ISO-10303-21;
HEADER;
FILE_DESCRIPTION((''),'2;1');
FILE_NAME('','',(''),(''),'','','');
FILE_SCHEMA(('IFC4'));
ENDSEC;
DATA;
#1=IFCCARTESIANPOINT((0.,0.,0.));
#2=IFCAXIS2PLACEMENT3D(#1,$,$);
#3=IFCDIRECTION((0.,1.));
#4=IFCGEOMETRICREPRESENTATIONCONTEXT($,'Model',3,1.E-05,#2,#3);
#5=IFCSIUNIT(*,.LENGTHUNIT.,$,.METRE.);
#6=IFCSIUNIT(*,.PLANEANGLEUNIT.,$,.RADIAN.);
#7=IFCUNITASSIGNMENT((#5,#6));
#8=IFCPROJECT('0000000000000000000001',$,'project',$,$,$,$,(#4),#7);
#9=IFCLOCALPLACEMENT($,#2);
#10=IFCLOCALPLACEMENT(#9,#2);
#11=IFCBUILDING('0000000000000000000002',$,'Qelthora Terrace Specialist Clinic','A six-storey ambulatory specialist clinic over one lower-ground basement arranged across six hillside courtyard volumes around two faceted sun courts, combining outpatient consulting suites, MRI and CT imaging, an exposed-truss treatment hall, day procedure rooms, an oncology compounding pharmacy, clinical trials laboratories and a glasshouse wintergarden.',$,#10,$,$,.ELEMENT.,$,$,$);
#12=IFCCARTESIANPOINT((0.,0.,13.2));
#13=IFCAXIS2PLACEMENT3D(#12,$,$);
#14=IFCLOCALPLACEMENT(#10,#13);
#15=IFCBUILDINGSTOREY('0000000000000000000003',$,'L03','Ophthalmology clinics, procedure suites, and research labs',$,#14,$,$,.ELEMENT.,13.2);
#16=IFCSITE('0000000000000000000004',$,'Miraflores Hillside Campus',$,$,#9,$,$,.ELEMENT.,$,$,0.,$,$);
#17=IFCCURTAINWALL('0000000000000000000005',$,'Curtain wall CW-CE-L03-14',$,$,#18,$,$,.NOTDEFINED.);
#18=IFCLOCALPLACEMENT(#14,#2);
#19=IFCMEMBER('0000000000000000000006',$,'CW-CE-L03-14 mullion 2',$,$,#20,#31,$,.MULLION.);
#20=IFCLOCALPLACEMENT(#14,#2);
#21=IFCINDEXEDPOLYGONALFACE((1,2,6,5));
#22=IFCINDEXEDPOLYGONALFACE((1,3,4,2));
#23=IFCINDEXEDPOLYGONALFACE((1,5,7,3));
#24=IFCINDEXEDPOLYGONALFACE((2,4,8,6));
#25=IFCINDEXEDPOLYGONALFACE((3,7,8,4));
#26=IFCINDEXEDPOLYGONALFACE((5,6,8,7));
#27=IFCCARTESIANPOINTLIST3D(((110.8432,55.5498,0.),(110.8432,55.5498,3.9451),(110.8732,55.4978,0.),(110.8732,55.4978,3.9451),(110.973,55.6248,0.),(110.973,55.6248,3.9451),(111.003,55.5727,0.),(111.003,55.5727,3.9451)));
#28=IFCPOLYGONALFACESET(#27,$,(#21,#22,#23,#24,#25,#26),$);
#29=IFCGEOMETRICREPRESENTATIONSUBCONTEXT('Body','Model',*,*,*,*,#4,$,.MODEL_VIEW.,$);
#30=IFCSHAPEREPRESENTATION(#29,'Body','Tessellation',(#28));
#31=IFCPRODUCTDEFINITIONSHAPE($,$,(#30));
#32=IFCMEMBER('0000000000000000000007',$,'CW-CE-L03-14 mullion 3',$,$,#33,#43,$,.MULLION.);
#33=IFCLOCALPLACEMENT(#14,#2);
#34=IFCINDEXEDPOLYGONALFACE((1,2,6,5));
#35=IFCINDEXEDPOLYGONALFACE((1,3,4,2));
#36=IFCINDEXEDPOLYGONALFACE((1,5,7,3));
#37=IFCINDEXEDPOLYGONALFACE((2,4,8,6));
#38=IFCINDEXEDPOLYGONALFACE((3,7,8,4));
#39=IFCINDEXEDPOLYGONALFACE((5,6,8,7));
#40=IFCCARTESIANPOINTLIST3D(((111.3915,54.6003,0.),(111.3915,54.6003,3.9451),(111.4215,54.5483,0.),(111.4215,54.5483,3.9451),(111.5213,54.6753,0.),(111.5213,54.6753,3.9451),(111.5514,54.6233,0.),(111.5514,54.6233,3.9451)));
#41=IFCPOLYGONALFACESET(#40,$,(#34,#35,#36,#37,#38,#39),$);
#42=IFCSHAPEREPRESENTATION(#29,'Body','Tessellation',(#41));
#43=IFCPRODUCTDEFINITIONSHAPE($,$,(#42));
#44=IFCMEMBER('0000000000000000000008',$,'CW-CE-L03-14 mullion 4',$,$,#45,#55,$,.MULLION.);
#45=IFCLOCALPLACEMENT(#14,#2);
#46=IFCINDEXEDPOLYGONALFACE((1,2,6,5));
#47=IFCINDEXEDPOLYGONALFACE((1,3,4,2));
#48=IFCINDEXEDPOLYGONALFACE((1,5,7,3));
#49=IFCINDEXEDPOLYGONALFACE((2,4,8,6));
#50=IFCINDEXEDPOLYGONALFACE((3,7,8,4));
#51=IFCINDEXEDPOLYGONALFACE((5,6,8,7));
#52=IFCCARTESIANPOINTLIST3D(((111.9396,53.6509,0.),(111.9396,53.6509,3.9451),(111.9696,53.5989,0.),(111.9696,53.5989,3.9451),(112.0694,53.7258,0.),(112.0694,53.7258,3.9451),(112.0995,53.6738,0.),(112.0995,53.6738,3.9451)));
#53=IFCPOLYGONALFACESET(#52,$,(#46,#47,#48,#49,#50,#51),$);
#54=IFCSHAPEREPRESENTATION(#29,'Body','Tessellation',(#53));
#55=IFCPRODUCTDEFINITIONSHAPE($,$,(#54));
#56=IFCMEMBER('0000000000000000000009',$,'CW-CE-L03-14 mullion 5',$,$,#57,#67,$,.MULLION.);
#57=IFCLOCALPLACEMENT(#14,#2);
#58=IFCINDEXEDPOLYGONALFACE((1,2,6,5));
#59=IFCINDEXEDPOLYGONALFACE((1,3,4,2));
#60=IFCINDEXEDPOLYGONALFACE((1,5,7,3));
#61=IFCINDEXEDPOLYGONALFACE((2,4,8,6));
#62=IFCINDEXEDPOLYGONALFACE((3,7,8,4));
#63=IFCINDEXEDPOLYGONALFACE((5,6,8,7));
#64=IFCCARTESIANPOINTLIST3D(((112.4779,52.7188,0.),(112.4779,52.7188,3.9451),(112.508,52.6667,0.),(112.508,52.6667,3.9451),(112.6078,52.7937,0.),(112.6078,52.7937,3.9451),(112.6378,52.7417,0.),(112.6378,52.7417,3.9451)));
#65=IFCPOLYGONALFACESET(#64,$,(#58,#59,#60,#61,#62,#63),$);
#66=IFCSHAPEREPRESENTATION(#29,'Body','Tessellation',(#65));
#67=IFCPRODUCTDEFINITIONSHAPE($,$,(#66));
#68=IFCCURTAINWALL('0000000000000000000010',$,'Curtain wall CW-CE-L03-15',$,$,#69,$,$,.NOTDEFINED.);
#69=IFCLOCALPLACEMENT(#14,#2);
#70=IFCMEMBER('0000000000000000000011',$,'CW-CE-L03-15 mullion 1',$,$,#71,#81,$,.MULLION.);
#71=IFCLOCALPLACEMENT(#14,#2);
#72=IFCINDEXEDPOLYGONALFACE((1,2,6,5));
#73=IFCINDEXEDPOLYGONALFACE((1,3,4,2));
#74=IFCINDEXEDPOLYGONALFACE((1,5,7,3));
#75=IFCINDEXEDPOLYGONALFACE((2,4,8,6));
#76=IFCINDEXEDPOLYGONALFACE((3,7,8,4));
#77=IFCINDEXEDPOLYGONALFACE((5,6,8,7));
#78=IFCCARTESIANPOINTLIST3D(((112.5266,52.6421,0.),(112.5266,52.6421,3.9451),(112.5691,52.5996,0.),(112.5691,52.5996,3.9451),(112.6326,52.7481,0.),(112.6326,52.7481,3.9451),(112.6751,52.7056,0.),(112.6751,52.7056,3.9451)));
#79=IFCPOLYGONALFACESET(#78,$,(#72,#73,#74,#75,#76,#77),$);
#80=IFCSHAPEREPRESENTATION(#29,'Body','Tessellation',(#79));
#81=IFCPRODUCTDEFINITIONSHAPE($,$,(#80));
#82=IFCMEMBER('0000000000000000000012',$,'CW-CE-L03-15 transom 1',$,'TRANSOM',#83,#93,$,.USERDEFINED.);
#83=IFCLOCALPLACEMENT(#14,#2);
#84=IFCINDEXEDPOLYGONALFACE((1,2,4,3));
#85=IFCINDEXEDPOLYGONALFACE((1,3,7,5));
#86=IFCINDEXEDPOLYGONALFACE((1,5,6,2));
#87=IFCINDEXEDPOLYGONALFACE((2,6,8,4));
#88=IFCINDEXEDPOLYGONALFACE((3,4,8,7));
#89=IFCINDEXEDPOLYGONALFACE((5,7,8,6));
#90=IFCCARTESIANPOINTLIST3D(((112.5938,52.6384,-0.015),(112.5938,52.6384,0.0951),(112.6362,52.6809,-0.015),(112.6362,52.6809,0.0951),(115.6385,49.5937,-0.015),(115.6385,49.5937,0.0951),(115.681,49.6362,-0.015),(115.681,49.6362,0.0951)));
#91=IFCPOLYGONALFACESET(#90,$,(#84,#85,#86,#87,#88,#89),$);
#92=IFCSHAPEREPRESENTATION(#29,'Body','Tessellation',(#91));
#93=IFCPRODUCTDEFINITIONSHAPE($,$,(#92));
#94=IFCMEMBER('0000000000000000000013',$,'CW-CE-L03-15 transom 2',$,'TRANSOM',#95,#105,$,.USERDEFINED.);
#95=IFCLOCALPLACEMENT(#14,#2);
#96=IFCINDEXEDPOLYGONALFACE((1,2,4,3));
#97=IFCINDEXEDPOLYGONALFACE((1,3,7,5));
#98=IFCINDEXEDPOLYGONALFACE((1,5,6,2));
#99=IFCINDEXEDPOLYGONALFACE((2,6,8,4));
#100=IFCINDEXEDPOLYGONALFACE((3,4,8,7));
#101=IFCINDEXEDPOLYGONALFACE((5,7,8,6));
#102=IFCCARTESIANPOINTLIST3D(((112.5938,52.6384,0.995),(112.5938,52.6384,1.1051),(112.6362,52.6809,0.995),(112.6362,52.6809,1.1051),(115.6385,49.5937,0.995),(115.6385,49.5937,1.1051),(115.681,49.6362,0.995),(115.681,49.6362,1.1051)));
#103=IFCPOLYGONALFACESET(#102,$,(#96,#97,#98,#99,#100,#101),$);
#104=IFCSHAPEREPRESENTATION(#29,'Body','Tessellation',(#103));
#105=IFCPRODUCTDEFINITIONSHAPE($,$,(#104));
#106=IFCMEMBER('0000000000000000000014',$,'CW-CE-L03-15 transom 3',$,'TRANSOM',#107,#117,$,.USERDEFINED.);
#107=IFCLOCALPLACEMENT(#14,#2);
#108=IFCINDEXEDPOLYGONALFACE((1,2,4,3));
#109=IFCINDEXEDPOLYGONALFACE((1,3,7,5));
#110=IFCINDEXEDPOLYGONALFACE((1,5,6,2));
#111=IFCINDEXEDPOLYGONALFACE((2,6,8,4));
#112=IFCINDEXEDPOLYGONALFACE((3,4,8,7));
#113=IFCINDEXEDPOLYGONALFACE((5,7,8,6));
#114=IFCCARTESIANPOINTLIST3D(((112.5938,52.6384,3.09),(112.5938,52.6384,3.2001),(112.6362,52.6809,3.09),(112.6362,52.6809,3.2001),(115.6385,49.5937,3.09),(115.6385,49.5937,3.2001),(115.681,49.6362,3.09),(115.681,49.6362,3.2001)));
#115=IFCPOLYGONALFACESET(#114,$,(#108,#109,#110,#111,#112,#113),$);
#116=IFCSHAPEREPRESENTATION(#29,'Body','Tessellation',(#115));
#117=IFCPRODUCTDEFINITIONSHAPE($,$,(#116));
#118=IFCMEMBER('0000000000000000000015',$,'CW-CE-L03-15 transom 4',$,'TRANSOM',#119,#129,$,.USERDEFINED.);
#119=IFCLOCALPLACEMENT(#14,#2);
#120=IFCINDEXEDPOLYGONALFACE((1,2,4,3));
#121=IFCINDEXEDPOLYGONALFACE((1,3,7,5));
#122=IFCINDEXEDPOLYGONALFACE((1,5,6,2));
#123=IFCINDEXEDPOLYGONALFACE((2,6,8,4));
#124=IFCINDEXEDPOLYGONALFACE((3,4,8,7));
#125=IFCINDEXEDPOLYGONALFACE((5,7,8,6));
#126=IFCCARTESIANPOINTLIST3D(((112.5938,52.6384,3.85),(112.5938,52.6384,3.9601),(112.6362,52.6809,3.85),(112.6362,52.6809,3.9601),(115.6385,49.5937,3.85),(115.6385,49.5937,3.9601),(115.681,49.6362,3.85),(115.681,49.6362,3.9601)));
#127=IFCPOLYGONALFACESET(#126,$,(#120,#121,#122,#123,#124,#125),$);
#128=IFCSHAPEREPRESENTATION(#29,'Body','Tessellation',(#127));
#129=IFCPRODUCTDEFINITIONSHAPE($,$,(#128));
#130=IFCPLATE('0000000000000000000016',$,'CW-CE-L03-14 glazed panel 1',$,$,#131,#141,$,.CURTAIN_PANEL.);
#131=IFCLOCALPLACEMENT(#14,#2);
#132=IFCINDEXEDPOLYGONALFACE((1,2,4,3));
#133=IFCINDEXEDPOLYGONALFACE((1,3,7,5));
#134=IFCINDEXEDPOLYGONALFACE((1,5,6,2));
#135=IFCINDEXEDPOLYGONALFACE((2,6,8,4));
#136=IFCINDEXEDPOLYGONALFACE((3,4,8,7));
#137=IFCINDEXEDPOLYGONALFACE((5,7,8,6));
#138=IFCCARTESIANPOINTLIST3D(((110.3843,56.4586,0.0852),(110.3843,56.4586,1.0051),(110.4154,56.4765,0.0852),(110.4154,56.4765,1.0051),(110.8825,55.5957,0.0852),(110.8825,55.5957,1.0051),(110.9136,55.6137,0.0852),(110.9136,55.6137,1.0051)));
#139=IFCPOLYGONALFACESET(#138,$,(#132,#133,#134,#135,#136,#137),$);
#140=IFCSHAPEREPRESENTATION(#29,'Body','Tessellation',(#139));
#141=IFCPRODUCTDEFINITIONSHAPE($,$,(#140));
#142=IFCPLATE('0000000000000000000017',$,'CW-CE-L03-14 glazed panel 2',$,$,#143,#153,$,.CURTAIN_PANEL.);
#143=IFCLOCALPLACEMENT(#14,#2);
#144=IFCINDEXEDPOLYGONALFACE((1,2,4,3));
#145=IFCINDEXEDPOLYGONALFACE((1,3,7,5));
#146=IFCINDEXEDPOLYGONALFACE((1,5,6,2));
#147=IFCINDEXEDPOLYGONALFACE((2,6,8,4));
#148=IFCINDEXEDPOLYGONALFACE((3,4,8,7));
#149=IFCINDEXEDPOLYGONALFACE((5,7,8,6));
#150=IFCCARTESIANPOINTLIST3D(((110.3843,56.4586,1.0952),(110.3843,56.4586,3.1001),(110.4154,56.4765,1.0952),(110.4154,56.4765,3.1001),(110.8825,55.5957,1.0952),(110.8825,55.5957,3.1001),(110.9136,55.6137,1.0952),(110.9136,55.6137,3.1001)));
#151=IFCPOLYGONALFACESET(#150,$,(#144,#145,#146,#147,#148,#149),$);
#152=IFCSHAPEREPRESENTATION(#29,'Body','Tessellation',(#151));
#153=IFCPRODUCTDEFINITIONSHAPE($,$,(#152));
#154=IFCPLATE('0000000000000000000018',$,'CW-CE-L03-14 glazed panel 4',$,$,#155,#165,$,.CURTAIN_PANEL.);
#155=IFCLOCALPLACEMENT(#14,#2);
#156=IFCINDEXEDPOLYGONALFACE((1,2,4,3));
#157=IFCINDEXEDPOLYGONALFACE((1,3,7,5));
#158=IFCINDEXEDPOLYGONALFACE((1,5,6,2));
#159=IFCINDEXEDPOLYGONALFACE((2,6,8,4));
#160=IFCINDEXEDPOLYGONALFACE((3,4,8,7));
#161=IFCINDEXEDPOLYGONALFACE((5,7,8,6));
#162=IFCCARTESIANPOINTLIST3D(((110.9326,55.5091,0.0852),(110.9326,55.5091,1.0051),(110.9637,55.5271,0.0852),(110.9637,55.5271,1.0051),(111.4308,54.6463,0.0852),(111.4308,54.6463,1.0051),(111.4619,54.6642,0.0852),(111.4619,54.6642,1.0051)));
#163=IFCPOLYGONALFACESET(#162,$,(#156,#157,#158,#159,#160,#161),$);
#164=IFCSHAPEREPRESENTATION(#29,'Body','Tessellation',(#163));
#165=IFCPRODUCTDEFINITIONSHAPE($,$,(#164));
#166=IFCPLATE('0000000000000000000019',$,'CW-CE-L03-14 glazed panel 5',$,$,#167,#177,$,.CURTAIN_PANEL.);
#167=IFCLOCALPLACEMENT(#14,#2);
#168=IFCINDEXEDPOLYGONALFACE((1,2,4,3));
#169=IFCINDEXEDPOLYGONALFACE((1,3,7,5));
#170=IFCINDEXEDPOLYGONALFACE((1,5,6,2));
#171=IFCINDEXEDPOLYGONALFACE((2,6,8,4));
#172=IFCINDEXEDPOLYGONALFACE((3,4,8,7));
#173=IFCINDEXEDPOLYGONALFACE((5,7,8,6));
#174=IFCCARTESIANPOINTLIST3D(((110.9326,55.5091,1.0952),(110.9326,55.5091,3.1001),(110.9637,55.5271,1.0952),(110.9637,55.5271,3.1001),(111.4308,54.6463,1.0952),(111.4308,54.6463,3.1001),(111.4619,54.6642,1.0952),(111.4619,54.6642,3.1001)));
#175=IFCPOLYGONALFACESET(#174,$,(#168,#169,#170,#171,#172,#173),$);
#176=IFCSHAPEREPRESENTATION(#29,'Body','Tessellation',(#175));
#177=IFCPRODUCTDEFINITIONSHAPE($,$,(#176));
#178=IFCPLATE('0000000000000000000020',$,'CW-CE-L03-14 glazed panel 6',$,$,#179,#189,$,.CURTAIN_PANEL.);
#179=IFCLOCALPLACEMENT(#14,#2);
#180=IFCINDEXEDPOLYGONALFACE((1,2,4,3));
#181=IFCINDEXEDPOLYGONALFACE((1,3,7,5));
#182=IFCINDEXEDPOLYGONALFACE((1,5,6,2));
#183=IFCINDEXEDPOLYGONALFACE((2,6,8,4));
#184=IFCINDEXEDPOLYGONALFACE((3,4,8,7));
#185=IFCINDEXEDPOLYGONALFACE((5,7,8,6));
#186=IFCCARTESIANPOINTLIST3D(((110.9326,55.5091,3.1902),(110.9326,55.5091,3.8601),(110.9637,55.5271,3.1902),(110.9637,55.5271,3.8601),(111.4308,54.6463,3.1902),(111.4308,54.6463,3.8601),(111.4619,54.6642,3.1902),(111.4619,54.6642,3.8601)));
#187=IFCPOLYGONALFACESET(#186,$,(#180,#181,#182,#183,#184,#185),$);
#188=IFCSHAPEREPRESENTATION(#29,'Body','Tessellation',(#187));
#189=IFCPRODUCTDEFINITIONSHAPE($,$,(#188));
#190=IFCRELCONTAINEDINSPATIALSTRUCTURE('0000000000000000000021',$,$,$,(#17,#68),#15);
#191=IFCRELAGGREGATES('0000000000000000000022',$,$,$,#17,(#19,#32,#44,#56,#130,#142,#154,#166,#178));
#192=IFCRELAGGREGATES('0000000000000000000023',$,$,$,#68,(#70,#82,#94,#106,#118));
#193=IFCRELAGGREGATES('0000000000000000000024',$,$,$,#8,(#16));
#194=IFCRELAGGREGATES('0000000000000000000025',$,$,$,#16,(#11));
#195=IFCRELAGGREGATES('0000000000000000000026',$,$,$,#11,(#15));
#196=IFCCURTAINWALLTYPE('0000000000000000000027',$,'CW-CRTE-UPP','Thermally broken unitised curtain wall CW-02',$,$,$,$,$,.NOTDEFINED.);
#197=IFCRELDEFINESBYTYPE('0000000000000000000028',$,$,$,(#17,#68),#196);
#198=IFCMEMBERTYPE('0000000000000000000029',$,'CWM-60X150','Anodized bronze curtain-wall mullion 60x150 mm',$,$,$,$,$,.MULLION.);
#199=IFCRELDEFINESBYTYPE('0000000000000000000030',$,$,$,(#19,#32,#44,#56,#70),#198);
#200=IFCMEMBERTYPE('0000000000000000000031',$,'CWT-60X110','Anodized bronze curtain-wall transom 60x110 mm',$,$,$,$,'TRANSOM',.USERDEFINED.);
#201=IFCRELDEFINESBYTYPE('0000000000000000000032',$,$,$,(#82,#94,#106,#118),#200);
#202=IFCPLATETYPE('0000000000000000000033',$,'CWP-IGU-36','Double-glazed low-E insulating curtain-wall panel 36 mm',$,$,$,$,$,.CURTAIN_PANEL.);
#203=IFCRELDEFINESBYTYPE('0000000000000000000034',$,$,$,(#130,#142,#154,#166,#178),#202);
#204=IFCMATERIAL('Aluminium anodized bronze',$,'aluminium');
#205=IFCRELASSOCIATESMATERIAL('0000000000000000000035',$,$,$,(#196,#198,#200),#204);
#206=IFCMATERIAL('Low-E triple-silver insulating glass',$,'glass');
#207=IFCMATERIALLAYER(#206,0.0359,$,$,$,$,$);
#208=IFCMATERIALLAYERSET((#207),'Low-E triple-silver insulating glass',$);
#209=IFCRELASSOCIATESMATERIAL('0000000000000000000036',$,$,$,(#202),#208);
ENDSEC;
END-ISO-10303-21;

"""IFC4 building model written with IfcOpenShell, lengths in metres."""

from ifc_helpers import new_model, si_unit, direction, frame, origin, origin_2d, place, context, subcontext, project, spatial, rectangle, extrude, material, layer, layer_set, material_profile, profile_set, type_object, element, aggregate, save


model = new_model("IFC4")

# Units and contexts
model_context = context("Model", 3, precision=1e-05, world=origin(), true_north=direction((0.0, 1.0)))
body_context = subcontext(model_context, "Body", "Model", "MODEL_VIEW")
ifc_project = project(units=[si_unit("LENGTHUNIT", "METRE"), si_unit("PLANEANGLEUNIT", "RADIAN")], contexts=[model_context])

# Site, building, storey
site_placement = place(None, origin())
site = spatial("IfcSite", under=ifc_project, at=site_placement, Name="Miraflores Hillside Campus", CompositionType="ELEMENT", RefElevation=0.0)
building_placement = place(site_placement, origin())
building = spatial("IfcBuilding", under=site, at=building_placement, Name="Qelthora Terrace Specialist Clinic", Description="A six-storey ambulatory specialist clinic over one lower-ground basement arranged across six hillside courtyard volumes around two faceted sun courts, combining outpatient consulting suites, MRI and CT imaging, an exposed-truss treatment hall, day procedure rooms, an oncology compounding pharmacy, clinical trials laboratories and a glasshouse wintergarden.", CompositionType="ELEMENT")
storey_placement = place(building_placement, frame((0.0, 0.0, 13.2)))
storey = spatial("IfcBuildingStorey", under=building, at=storey_placement, Name="L03", Description="Ophthalmology clinics, procedure suites, and research labs", CompositionType="ELEMENT", Elevation=13.2)

# Curtain walls, members
ifc_material_1 = material(Name="Aluminium anodized bronze", Category="aluminium")
curtain_wall_type = type_object("IfcCurtainWallType", Name="CW-CRTE-UPP", Description="Thermally broken unitised curtain wall CW-02", PredefinedType="NOTDEFINED", material=ifc_material_1)
curtain_wall_1_placement = place(storey_placement, origin())
curtain_wall_1 = element("IfcCurtainWall", 1, at=curtain_wall_1_placement, inside=storey, type_object=curtain_wall_type, Name="Curtain wall CW-CE-L03-14", PredefinedType="NOTDEFINED")
ifc_material_profile_1 = material_profile(ifc_material_1, rectangle(XDim=0.0601, YDim=0.1499, at=origin_2d()), Name="CWM60X150")
ifc_profile_set_1 = profile_set([ifc_material_profile_1], Name="Aluminium anodized bronze")
member_type_1 = type_object("IfcMemberType", Name="CWM-60X150", Description="Anodized bronze curtain-wall mullion 60x150 mm", PredefinedType="MULLION", material=ifc_profile_set_1)
member_1_placement = place(storey_placement, frame((110.9231, 55.5613, 0.0), z_axis=(0.0, 0.0, 1.0), x_axis=(0.5, -0.866025, 0.0)))
member_1 = element("IfcMember", 2, at=member_1_placement, type_object=member_type_1, Name="CW-CE-L03-14 mullion 2", PredefinedType="MULLION", context=body_context, shape_type="SweptSolid", body=[
    extrude(rectangle(XDim=0.0601, YDim=0.1499, at=origin_2d()), origin(), (0.0, 0.0, 1.0), 3.9451),
])
member_2_placement = place(storey_placement, frame((111.4714, 54.6118, 0.0), z_axis=(0.0, 0.0, 1.0), x_axis=(0.5, -0.866025, 0.0)))
member_2 = element("IfcMember", 3, at=member_2_placement, type_object=member_type_1, Name="CW-CE-L03-14 mullion 3", PredefinedType="MULLION", context=body_context, shape_type="SweptSolid", body=[
    extrude(rectangle(XDim=0.0601, YDim=0.1499, at=origin_2d()), origin(), (0.0, 0.0, 1.0), 3.9451),
])
member_3_placement = place(storey_placement, frame((112.0195, 53.6624, 0.0), z_axis=(0.0, 0.0, 1.0), x_axis=(0.5, -0.866025, 0.0)))
member_3 = element("IfcMember", 4, at=member_3_placement, type_object=member_type_1, Name="CW-CE-L03-14 mullion 4", PredefinedType="MULLION", context=body_context, shape_type="SweptSolid", body=[
    extrude(rectangle(XDim=0.0601, YDim=0.1499, at=origin_2d()), origin(), (0.0, 0.0, 1.0), 3.9451),
])
member_4_placement = place(storey_placement, frame((112.5579, 52.7302, 0.0), z_axis=(0.0, 0.0, 1.0), x_axis=(0.5, -0.866025, 0.0)))
member_4 = element("IfcMember", 5, at=member_4_placement, type_object=member_type_1, Name="CW-CE-L03-14 mullion 5", PredefinedType="MULLION", context=body_context, shape_type="SweptSolid", body=[
    extrude(rectangle(XDim=0.0601, YDim=0.1499, at=origin_2d()), origin(), (0.0, 0.0, 1.0), 3.9451),
])
curtain_wall_2_placement = place(storey_placement, origin())
curtain_wall_2 = element("IfcCurtainWall", 6, at=curtain_wall_2_placement, inside=storey, type_object=curtain_wall_type, Name="Curtain wall CW-CE-L03-15", PredefinedType="NOTDEFINED")
member_5_placement = place(storey_placement, frame((112.6008, 52.6738, 0.0), z_axis=(0.0, 0.0, 1.0), x_axis=(0.707107, -0.707107, 0.0)))
member_5 = element("IfcMember", 7, at=member_5_placement, type_object=member_type_1, Name="CW-CE-L03-15 mullion 1", PredefinedType="MULLION", context=body_context, shape_type="SweptSolid", body=[
    extrude(rectangle(XDim=0.0601, YDim=0.1499, at=origin_2d()), origin(), (0.0, 0.0, 1.0), 3.9451),
])
ifc_material_profile_2 = material_profile(ifc_material_1, rectangle(XDim=0.0601, YDim=0.1101, at=origin_2d()), Name="CWT60X110")
ifc_profile_set_2 = profile_set([ifc_material_profile_2], Name="Aluminium anodized bronze")
member_type_2 = type_object("IfcMemberType", Name="CWT-60X110", Description="Anodized bronze curtain-wall transom 60x110 mm", ElementType="TRANSOM", PredefinedType="USERDEFINED", material=ifc_profile_set_2)
member_6_placement = place(storey_placement, frame((112.615, 52.6597, 0.04), z_axis=(0.707107, -0.707107, 0.0), x_axis=(0.707107, 0.707107, 0.0)))
member_6 = element("IfcMember", 8, at=member_6_placement, type_object=member_type_2, Name="CW-CE-L03-15 transom 1", ObjectType="TRANSOM", PredefinedType="USERDEFINED", context=body_context, shape_type="SweptSolid", body=[
    extrude(rectangle(XDim=0.0601, YDim=0.1101, at=origin_2d()), origin(), (0.0, 0.0, 1.0), 4.3059),
])
member_7_placement = place(storey_placement, frame((112.615, 52.6597, 1.05), z_axis=(0.707107, -0.707107, 0.0), x_axis=(0.707107, 0.707107, 0.0)))
member_7 = element("IfcMember", 9, at=member_7_placement, type_object=member_type_2, Name="CW-CE-L03-15 transom 2", ObjectType="TRANSOM", PredefinedType="USERDEFINED", context=body_context, shape_type="SweptSolid", body=[
    extrude(rectangle(XDim=0.0601, YDim=0.1101, at=origin_2d()), origin(), (0.0, 0.0, 1.0), 4.3059),
])
member_8_placement = place(storey_placement, frame((112.615, 52.6597, 3.145), z_axis=(0.707107, -0.707107, 0.0), x_axis=(0.707107, 0.707107, 0.0)))
member_8 = element("IfcMember", 10, at=member_8_placement, type_object=member_type_2, Name="CW-CE-L03-15 transom 3", ObjectType="TRANSOM", PredefinedType="USERDEFINED", context=body_context, shape_type="SweptSolid", body=[
    extrude(rectangle(XDim=0.0601, YDim=0.1101, at=origin_2d()), origin(), (0.0, 0.0, 1.0), 4.3059),
])
member_9_placement = place(storey_placement, frame((112.615, 52.6597, 3.905), z_axis=(0.707107, -0.707107, 0.0), x_axis=(0.707107, 0.707107, 0.0)))
member_9 = element("IfcMember", 11, at=member_9_placement, type_object=member_type_2, Name="CW-CE-L03-15 transom 4", ObjectType="TRANSOM", PredefinedType="USERDEFINED", context=body_context, shape_type="SweptSolid", body=[
    extrude(rectangle(XDim=0.0601, YDim=0.1101, at=origin_2d()), origin(), (0.0, 0.0, 1.0), 4.3059),
])

# Plates
ifc_material_2 = material(Name="Low-E triple-silver insulating glass", Category="glass")
ifc_layer = layer(ifc_material_2, 0.0359)
ifc_layer_set = layer_set([ifc_layer], Name="Low-E triple-silver insulating glass")
plate_type = type_object("IfcPlateType", Name="CWP-IGU-36", Description="Double-glazed low-E insulating curtain-wall panel 36 mm", PredefinedType="CURTAIN_PANEL", material=ifc_layer_set)
plate_1_placement = place(storey_placement, frame((110.6489, 56.0361, 0.0852), z_axis=(0.0, 0.0, 1.0), x_axis=(0.5, -0.866025, 0.0)))
plate_1 = element("IfcPlate", 12, at=plate_1_placement, type_object=plate_type, Name="CW-CE-L03-14 glazed panel 1", PredefinedType="CURTAIN_PANEL", context=body_context, shape_type="SweptSolid", body=[
    extrude(rectangle(XDim=0.9963, YDim=0.0359, at=origin_2d()), origin(), (0.0, 0.0, 1.0), 0.9199),
])
plate_2_placement = place(storey_placement, frame((110.6489, 56.0361, 1.0952), z_axis=(0.0, 0.0, 1.0), x_axis=(0.5, -0.866025, 0.0)))
plate_2 = element("IfcPlate", 13, at=plate_2_placement, type_object=plate_type, Name="CW-CE-L03-14 glazed panel 2", PredefinedType="CURTAIN_PANEL", context=body_context, shape_type="SweptSolid", body=[
    extrude(rectangle(XDim=0.9963, YDim=0.0359, at=origin_2d()), origin(), (0.0, 0.0, 1.0), 2.0049),
])
plate_3_placement = place(storey_placement, frame((111.1973, 55.0867, 0.0852), z_axis=(0.0, 0.0, 1.0), x_axis=(0.5, -0.866025, 0.0)))
plate_3 = element("IfcPlate", 14, at=plate_3_placement, type_object=plate_type, Name="CW-CE-L03-14 glazed panel 4", PredefinedType="CURTAIN_PANEL", context=body_context, shape_type="SweptSolid", body=[
    extrude(rectangle(XDim=0.9963, YDim=0.0359, at=origin_2d()), origin(), (0.0, 0.0, 1.0), 0.9199),
])
plate_4_placement = place(storey_placement, frame((111.1973, 55.0867, 1.0952), z_axis=(0.0, 0.0, 1.0), x_axis=(0.5, -0.866025, 0.0)))
plate_4 = element("IfcPlate", 15, at=plate_4_placement, type_object=plate_type, Name="CW-CE-L03-14 glazed panel 5", PredefinedType="CURTAIN_PANEL", context=body_context, shape_type="SweptSolid", body=[
    extrude(rectangle(XDim=0.9963, YDim=0.0359, at=origin_2d()), origin(), (0.0, 0.0, 1.0), 2.0049),
])
plate_5_placement = place(storey_placement, frame((111.1973, 55.0867, 3.1902), z_axis=(0.0, 0.0, 1.0), x_axis=(0.5, -0.866025, 0.0)))
plate_5 = element("IfcPlate", 16, at=plate_5_placement, type_object=plate_type, Name="CW-CE-L03-14 glazed panel 6", PredefinedType="CURTAIN_PANEL", context=body_context, shape_type="SweptSolid", body=[
    extrude(rectangle(XDim=0.9963, YDim=0.0359, at=origin_2d()), origin(), (0.0, 0.0, 1.0), 0.6699),
])
aggregate(curtain_wall_1, [member_1, member_2, member_3, member_4, plate_1, plate_2, plate_3, plate_4, plate_5])
aggregate(curtain_wall_2, [member_5, member_6, member_7, member_8, member_9])

save(model, "model.ifc")
